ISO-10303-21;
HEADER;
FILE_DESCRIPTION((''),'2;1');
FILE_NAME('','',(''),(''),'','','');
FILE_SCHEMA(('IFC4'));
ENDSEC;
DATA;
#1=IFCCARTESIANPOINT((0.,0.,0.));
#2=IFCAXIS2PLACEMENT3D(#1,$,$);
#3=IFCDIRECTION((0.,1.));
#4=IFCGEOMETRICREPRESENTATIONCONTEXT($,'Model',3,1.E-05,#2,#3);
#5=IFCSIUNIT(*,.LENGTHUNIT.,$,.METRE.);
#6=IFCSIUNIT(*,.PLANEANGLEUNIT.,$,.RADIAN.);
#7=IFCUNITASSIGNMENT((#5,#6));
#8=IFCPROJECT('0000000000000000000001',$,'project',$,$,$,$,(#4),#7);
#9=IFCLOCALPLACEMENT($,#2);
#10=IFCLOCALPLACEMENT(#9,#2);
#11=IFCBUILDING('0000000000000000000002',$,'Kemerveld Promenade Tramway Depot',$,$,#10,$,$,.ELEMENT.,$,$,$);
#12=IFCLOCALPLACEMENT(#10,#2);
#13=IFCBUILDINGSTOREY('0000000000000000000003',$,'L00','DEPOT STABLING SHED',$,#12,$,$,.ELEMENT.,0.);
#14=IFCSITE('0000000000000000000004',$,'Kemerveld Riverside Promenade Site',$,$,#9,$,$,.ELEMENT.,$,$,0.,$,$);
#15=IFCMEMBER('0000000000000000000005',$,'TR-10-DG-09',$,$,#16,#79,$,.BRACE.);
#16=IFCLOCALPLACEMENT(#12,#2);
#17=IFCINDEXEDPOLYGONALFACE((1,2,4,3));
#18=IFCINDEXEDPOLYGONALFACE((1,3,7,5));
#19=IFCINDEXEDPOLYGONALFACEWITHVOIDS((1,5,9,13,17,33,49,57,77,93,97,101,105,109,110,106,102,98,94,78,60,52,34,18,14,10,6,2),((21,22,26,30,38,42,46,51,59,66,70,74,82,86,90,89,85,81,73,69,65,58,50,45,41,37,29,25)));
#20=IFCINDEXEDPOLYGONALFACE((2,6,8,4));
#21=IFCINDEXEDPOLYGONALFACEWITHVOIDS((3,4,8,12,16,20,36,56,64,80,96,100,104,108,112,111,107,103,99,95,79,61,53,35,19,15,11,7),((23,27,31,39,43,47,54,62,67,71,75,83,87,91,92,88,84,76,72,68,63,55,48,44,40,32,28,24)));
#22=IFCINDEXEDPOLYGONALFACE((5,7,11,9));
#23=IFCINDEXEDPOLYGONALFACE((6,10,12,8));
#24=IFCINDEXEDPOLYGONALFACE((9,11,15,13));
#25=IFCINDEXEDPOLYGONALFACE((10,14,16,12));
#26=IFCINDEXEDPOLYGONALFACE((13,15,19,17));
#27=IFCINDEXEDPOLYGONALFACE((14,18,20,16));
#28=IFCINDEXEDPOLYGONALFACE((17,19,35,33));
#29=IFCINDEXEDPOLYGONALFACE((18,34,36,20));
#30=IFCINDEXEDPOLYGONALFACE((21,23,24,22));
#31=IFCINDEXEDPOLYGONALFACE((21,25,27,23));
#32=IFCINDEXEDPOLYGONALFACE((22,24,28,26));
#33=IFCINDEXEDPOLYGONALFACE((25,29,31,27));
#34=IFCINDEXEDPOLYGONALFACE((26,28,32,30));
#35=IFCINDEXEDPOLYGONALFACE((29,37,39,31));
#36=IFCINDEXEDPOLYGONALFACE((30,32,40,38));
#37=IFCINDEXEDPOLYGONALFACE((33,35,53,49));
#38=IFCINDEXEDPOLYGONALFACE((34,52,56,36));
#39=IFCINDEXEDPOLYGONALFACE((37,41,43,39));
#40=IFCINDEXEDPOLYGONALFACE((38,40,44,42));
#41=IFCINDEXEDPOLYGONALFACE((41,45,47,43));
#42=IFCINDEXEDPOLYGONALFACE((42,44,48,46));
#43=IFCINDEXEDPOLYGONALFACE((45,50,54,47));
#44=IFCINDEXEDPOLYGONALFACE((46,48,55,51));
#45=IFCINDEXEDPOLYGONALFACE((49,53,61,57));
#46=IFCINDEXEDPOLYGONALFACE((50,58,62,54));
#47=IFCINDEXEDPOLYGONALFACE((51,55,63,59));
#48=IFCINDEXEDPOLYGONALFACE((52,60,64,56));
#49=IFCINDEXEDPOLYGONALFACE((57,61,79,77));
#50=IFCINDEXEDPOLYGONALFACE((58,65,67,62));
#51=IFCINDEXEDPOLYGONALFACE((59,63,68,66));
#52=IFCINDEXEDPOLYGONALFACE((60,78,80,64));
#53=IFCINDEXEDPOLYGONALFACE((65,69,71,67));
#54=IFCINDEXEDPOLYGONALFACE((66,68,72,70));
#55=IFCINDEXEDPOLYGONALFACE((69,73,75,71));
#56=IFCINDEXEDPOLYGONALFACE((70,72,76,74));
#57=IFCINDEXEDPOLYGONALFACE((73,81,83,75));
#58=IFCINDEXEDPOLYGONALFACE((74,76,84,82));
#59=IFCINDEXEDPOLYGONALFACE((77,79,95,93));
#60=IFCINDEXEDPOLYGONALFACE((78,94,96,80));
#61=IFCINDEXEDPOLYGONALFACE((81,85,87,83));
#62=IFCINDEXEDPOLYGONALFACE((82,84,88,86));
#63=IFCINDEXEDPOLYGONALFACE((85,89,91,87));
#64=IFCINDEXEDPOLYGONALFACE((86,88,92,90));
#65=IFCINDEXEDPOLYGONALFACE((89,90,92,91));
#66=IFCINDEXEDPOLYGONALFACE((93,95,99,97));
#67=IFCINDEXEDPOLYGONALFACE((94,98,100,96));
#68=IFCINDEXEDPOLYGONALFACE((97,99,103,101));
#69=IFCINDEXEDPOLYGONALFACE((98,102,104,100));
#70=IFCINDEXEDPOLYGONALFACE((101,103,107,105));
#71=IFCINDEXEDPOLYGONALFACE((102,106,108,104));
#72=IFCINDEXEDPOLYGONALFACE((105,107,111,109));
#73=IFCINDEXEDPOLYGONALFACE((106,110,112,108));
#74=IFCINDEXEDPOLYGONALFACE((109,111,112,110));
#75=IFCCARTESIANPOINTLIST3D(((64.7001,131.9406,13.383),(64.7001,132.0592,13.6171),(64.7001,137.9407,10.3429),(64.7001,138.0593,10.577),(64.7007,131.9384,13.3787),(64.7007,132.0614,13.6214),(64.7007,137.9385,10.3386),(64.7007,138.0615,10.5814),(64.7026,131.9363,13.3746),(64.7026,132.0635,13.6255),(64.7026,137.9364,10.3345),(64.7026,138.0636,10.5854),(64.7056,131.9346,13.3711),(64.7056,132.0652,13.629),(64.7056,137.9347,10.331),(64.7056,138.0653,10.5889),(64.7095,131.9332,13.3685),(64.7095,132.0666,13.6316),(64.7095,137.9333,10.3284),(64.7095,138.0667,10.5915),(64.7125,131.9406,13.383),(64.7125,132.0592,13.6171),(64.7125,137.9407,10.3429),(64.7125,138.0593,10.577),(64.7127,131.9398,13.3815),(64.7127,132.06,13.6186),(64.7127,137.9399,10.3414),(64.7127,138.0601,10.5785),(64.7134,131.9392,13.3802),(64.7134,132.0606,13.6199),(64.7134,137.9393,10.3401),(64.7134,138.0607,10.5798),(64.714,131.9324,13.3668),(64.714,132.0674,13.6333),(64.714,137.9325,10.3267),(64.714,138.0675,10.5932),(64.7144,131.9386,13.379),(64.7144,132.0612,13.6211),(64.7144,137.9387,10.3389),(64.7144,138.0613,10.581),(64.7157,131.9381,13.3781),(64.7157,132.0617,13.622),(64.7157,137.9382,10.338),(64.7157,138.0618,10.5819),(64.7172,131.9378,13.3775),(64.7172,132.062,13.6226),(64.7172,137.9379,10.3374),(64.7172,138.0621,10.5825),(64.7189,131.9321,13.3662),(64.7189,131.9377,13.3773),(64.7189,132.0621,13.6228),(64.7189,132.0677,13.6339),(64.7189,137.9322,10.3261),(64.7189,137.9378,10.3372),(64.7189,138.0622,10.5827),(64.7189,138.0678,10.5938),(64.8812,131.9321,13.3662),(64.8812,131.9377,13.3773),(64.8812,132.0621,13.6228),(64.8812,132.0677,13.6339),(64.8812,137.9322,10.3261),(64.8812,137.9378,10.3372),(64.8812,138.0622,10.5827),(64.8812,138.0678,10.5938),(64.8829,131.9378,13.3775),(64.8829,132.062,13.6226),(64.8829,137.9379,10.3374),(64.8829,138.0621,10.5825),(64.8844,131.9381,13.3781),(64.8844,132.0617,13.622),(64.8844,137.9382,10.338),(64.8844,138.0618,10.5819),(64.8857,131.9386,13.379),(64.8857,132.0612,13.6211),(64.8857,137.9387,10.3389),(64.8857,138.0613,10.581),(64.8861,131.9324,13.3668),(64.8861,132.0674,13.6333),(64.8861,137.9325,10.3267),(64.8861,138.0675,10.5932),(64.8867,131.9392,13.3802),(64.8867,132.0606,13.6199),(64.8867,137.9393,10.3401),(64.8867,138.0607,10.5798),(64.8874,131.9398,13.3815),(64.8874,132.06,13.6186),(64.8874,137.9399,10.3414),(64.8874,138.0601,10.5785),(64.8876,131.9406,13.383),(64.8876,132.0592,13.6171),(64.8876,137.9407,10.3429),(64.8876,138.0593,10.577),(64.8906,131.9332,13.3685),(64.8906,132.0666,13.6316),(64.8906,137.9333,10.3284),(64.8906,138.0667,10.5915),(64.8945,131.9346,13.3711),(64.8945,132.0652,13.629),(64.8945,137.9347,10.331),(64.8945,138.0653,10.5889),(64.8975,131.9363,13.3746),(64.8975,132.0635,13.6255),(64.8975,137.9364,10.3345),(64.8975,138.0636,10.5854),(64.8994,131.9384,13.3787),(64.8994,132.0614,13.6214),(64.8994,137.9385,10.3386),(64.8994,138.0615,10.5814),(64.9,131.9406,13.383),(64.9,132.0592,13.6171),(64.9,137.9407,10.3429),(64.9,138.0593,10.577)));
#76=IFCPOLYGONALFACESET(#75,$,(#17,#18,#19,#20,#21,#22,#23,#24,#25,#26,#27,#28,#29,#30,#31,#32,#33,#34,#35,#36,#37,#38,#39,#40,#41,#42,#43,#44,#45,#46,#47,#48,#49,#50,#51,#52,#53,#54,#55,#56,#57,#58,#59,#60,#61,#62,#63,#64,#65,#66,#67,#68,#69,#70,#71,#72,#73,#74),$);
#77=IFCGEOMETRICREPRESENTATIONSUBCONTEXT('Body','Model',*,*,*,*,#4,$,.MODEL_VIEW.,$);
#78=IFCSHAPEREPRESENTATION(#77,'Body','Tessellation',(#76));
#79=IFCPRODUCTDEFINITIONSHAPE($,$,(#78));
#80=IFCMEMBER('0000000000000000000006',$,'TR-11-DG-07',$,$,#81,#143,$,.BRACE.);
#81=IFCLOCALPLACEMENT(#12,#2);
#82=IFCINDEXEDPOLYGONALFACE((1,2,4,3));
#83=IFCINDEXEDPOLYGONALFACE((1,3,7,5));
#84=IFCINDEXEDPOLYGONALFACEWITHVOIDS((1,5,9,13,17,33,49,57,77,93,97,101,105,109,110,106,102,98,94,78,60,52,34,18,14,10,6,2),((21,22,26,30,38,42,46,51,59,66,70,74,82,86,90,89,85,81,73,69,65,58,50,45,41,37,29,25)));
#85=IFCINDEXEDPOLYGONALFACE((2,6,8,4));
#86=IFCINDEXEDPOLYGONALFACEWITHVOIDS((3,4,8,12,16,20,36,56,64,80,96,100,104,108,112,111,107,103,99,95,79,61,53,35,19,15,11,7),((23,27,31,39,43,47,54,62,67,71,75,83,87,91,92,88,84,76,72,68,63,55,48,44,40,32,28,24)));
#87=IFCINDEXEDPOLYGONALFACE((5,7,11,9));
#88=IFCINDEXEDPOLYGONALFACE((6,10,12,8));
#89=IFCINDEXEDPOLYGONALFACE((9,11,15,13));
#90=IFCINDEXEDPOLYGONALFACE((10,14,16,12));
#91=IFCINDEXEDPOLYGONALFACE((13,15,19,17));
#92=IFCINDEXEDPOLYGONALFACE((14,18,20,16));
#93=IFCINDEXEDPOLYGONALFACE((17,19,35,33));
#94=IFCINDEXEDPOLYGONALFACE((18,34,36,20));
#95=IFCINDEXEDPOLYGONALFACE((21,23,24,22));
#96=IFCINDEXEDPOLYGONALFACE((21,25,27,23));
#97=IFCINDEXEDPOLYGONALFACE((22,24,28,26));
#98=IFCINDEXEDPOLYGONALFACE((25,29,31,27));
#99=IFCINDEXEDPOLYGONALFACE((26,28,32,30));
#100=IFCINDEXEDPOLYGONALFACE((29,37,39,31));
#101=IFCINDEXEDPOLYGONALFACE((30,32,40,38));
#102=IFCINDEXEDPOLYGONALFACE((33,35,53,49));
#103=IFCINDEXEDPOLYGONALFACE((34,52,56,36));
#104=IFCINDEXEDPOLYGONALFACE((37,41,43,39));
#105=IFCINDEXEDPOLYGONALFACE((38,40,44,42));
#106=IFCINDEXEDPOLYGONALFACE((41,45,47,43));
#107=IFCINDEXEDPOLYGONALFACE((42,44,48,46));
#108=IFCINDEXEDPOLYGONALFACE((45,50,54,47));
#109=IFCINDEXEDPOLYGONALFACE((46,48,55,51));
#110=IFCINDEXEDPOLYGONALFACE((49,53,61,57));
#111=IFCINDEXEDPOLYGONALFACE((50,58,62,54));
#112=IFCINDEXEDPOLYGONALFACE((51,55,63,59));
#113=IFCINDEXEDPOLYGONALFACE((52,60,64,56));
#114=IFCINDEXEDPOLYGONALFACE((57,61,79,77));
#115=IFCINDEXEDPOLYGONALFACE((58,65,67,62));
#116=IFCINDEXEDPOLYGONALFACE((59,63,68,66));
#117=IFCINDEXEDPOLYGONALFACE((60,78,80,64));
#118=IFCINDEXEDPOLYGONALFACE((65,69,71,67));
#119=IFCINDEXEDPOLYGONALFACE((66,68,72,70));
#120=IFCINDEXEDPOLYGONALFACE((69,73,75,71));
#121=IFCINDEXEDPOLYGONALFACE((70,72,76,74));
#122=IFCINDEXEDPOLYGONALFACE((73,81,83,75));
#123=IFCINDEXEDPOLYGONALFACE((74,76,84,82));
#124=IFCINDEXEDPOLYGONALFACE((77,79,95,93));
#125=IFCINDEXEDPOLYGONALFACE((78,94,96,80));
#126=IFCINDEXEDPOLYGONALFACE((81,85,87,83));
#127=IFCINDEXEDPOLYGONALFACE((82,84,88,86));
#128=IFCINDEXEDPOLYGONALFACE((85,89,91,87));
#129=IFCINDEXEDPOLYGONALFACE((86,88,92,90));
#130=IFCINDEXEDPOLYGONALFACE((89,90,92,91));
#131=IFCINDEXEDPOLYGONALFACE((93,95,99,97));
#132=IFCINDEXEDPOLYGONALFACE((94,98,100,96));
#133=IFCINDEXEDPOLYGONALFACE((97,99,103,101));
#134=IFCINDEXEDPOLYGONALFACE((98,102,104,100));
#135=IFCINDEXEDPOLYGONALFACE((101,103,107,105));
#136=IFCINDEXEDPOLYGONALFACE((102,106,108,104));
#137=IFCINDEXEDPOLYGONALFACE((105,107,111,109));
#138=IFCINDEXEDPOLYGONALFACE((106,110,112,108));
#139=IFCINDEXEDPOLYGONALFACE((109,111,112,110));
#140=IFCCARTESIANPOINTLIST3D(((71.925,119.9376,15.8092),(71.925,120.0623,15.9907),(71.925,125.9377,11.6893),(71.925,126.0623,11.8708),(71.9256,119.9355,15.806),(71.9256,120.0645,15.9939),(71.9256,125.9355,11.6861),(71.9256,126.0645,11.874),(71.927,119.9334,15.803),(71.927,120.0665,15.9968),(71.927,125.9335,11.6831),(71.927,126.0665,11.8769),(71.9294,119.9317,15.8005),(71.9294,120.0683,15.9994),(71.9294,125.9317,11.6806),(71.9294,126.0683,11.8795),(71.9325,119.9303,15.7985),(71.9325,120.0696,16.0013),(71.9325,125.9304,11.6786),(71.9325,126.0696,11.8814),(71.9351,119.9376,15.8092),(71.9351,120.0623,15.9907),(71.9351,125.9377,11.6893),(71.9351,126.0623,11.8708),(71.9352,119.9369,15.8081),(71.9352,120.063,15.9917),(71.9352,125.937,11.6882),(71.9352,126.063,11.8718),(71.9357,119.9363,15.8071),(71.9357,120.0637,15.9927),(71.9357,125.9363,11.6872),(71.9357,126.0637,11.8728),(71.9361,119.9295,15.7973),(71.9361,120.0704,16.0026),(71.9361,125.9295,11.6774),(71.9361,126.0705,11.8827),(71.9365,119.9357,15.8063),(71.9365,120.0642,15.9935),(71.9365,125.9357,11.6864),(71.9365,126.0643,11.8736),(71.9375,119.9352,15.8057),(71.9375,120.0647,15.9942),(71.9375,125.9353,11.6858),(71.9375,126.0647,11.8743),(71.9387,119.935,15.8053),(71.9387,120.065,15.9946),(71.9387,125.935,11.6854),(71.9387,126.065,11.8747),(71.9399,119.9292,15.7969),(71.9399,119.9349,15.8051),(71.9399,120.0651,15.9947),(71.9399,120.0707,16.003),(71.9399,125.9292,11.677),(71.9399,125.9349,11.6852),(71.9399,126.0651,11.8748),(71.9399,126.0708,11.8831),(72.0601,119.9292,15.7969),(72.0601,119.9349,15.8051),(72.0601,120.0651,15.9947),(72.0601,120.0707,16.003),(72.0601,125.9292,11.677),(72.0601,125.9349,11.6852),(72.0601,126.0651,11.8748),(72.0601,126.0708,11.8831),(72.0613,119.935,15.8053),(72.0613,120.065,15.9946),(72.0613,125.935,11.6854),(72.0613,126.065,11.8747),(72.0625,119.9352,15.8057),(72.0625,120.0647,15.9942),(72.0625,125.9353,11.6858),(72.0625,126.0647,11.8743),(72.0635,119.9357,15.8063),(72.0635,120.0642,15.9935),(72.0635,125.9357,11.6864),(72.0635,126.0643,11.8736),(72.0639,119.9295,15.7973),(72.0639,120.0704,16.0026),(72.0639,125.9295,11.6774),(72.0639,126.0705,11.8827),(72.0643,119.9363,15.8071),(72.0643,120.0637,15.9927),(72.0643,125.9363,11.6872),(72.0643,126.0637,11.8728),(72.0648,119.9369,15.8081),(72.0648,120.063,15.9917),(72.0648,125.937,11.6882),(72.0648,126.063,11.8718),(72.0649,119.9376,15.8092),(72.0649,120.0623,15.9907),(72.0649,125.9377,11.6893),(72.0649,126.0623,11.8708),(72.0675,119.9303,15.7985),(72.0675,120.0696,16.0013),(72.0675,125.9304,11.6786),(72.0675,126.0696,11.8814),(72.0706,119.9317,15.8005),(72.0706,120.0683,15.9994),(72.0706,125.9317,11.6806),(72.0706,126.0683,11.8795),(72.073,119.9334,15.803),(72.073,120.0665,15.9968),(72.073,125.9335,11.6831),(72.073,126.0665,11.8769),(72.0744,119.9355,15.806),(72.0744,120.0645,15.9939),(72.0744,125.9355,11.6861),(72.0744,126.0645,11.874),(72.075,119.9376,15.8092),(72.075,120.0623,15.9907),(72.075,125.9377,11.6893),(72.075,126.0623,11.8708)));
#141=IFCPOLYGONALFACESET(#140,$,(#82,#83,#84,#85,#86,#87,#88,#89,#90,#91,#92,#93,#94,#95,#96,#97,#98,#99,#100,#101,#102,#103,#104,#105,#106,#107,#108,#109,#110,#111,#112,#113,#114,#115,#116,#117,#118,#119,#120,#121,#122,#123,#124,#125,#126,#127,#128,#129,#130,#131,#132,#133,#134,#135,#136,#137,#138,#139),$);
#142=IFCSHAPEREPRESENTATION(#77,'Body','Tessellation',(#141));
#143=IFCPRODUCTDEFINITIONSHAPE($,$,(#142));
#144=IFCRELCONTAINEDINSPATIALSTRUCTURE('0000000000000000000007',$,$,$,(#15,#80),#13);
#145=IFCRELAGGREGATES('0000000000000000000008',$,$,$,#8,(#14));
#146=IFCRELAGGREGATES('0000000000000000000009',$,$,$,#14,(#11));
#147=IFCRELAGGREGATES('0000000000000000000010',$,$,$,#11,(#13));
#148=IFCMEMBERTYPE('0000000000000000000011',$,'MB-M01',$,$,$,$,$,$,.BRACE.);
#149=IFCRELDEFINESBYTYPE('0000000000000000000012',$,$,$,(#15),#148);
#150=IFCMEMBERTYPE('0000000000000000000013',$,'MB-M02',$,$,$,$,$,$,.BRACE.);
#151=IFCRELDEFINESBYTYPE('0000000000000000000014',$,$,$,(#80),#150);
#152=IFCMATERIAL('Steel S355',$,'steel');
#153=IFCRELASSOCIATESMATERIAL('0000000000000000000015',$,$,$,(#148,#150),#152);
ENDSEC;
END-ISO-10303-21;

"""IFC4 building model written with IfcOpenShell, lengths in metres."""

from ifc_helpers import new_model, si_unit, direction, frame, origin, origin_2d, place, context, subcontext, project, spatial, hollow_rectangle, extrude, material, material_profile, profile_set, type_object, element, save


model = new_model("IFC4")

# Units and contexts
model_context = context("Model", 3, precision=1e-05, world=origin(), true_north=direction((0.0, 1.0)))
body_context = subcontext(model_context, "Body", "Model", "MODEL_VIEW")
ifc_project = project(units=[si_unit("LENGTHUNIT", "METRE"), si_unit("PLANEANGLEUNIT", "RADIAN")], contexts=[model_context])

# Site, building, storey
site_placement = place(None, origin())
site = spatial("IfcSite", under=ifc_project, at=site_placement, Name="Kemerveld Riverside Promenade Site", CompositionType="ELEMENT", RefElevation=0.0)
building_placement = place(site_placement, origin())
building = spatial("IfcBuilding", under=site, at=building_placement, Name="Kemerveld Promenade Tramway Depot", CompositionType="ELEMENT")
storey_placement = place(building_placement, origin())
storey = spatial("IfcBuildingStorey", under=building, at=storey_placement, Name="L00", Description="DEPOT STABLING SHED", CompositionType="ELEMENT", Elevation=0.0)

# Members
ifc_material_1 = material(Name="Steel S355", Category="steel")
ifc_material_profile_1 = material_profile(ifc_material_1, hollow_rectangle(XDim=0.2, YDim=0.3, WallThickness=0.0125, InnerFilletRadius=0.0063, OuterFilletRadius=0.0188, at=origin_2d()), Name="300x200x12.5 RHS")
ifc_profile_set_1 = profile_set([ifc_material_profile_1], Name="Steel S355")
member_type_1 = type_object("IfcMemberType", Name="MB-M01", PredefinedType="BRACE", material=ifc_profile_set_1)
member_1_placement = place(storey_placement, frame((64.8, 138.0, 10.46), z_axis=(0.0, -0.892033, 0.451969), x_axis=(1.0, 0.0, 0.0)))
element("IfcMember", 1, at=member_1_placement, inside=storey, type_object=member_type_1, Name="TR-10-DG-09", PredefinedType="BRACE", context=body_context, shape_type="SweptSolid", body=[
    extrude(hollow_rectangle(XDim=0.2, YDim=0.3, WallThickness=0.0125, InnerFilletRadius=0.0063, OuterFilletRadius=0.0188, at=origin_2d()), origin(), (0.0, 0.0, 1.0), 6.7263),
])
ifc_material_profile_2 = material_profile(ifc_material_1, hollow_rectangle(XDim=0.1499, YDim=0.25, WallThickness=0.01, InnerFilletRadius=0.0049, OuterFilletRadius=0.0149, at=origin_2d()), Name="250x150x10.0 RHS")
ifc_profile_set_2 = profile_set([ifc_material_profile_2], Name="Steel S355")
member_type_2 = type_object("IfcMemberType", Name="MB-M02", PredefinedType="BRACE", material=ifc_profile_set_2)
member_2_placement = place(storey_placement, frame((72.0, 126.0, 11.78), z_axis=(0.0, -0.824371, 0.56605), x_axis=(1.0, 0.0, 0.0)))
element("IfcMember", 2, at=member_2_placement, inside=storey, type_object=member_type_2, Name="TR-11-DG-07", PredefinedType="BRACE", context=body_context, shape_type="SweptSolid", body=[
    extrude(hollow_rectangle(XDim=0.1499, YDim=0.25, WallThickness=0.01, InnerFilletRadius=0.0049, OuterFilletRadius=0.0149, at=origin_2d()), origin(), (0.0, 0.0, 1.0), 7.2783),
])

save(model, "model.ifc")
